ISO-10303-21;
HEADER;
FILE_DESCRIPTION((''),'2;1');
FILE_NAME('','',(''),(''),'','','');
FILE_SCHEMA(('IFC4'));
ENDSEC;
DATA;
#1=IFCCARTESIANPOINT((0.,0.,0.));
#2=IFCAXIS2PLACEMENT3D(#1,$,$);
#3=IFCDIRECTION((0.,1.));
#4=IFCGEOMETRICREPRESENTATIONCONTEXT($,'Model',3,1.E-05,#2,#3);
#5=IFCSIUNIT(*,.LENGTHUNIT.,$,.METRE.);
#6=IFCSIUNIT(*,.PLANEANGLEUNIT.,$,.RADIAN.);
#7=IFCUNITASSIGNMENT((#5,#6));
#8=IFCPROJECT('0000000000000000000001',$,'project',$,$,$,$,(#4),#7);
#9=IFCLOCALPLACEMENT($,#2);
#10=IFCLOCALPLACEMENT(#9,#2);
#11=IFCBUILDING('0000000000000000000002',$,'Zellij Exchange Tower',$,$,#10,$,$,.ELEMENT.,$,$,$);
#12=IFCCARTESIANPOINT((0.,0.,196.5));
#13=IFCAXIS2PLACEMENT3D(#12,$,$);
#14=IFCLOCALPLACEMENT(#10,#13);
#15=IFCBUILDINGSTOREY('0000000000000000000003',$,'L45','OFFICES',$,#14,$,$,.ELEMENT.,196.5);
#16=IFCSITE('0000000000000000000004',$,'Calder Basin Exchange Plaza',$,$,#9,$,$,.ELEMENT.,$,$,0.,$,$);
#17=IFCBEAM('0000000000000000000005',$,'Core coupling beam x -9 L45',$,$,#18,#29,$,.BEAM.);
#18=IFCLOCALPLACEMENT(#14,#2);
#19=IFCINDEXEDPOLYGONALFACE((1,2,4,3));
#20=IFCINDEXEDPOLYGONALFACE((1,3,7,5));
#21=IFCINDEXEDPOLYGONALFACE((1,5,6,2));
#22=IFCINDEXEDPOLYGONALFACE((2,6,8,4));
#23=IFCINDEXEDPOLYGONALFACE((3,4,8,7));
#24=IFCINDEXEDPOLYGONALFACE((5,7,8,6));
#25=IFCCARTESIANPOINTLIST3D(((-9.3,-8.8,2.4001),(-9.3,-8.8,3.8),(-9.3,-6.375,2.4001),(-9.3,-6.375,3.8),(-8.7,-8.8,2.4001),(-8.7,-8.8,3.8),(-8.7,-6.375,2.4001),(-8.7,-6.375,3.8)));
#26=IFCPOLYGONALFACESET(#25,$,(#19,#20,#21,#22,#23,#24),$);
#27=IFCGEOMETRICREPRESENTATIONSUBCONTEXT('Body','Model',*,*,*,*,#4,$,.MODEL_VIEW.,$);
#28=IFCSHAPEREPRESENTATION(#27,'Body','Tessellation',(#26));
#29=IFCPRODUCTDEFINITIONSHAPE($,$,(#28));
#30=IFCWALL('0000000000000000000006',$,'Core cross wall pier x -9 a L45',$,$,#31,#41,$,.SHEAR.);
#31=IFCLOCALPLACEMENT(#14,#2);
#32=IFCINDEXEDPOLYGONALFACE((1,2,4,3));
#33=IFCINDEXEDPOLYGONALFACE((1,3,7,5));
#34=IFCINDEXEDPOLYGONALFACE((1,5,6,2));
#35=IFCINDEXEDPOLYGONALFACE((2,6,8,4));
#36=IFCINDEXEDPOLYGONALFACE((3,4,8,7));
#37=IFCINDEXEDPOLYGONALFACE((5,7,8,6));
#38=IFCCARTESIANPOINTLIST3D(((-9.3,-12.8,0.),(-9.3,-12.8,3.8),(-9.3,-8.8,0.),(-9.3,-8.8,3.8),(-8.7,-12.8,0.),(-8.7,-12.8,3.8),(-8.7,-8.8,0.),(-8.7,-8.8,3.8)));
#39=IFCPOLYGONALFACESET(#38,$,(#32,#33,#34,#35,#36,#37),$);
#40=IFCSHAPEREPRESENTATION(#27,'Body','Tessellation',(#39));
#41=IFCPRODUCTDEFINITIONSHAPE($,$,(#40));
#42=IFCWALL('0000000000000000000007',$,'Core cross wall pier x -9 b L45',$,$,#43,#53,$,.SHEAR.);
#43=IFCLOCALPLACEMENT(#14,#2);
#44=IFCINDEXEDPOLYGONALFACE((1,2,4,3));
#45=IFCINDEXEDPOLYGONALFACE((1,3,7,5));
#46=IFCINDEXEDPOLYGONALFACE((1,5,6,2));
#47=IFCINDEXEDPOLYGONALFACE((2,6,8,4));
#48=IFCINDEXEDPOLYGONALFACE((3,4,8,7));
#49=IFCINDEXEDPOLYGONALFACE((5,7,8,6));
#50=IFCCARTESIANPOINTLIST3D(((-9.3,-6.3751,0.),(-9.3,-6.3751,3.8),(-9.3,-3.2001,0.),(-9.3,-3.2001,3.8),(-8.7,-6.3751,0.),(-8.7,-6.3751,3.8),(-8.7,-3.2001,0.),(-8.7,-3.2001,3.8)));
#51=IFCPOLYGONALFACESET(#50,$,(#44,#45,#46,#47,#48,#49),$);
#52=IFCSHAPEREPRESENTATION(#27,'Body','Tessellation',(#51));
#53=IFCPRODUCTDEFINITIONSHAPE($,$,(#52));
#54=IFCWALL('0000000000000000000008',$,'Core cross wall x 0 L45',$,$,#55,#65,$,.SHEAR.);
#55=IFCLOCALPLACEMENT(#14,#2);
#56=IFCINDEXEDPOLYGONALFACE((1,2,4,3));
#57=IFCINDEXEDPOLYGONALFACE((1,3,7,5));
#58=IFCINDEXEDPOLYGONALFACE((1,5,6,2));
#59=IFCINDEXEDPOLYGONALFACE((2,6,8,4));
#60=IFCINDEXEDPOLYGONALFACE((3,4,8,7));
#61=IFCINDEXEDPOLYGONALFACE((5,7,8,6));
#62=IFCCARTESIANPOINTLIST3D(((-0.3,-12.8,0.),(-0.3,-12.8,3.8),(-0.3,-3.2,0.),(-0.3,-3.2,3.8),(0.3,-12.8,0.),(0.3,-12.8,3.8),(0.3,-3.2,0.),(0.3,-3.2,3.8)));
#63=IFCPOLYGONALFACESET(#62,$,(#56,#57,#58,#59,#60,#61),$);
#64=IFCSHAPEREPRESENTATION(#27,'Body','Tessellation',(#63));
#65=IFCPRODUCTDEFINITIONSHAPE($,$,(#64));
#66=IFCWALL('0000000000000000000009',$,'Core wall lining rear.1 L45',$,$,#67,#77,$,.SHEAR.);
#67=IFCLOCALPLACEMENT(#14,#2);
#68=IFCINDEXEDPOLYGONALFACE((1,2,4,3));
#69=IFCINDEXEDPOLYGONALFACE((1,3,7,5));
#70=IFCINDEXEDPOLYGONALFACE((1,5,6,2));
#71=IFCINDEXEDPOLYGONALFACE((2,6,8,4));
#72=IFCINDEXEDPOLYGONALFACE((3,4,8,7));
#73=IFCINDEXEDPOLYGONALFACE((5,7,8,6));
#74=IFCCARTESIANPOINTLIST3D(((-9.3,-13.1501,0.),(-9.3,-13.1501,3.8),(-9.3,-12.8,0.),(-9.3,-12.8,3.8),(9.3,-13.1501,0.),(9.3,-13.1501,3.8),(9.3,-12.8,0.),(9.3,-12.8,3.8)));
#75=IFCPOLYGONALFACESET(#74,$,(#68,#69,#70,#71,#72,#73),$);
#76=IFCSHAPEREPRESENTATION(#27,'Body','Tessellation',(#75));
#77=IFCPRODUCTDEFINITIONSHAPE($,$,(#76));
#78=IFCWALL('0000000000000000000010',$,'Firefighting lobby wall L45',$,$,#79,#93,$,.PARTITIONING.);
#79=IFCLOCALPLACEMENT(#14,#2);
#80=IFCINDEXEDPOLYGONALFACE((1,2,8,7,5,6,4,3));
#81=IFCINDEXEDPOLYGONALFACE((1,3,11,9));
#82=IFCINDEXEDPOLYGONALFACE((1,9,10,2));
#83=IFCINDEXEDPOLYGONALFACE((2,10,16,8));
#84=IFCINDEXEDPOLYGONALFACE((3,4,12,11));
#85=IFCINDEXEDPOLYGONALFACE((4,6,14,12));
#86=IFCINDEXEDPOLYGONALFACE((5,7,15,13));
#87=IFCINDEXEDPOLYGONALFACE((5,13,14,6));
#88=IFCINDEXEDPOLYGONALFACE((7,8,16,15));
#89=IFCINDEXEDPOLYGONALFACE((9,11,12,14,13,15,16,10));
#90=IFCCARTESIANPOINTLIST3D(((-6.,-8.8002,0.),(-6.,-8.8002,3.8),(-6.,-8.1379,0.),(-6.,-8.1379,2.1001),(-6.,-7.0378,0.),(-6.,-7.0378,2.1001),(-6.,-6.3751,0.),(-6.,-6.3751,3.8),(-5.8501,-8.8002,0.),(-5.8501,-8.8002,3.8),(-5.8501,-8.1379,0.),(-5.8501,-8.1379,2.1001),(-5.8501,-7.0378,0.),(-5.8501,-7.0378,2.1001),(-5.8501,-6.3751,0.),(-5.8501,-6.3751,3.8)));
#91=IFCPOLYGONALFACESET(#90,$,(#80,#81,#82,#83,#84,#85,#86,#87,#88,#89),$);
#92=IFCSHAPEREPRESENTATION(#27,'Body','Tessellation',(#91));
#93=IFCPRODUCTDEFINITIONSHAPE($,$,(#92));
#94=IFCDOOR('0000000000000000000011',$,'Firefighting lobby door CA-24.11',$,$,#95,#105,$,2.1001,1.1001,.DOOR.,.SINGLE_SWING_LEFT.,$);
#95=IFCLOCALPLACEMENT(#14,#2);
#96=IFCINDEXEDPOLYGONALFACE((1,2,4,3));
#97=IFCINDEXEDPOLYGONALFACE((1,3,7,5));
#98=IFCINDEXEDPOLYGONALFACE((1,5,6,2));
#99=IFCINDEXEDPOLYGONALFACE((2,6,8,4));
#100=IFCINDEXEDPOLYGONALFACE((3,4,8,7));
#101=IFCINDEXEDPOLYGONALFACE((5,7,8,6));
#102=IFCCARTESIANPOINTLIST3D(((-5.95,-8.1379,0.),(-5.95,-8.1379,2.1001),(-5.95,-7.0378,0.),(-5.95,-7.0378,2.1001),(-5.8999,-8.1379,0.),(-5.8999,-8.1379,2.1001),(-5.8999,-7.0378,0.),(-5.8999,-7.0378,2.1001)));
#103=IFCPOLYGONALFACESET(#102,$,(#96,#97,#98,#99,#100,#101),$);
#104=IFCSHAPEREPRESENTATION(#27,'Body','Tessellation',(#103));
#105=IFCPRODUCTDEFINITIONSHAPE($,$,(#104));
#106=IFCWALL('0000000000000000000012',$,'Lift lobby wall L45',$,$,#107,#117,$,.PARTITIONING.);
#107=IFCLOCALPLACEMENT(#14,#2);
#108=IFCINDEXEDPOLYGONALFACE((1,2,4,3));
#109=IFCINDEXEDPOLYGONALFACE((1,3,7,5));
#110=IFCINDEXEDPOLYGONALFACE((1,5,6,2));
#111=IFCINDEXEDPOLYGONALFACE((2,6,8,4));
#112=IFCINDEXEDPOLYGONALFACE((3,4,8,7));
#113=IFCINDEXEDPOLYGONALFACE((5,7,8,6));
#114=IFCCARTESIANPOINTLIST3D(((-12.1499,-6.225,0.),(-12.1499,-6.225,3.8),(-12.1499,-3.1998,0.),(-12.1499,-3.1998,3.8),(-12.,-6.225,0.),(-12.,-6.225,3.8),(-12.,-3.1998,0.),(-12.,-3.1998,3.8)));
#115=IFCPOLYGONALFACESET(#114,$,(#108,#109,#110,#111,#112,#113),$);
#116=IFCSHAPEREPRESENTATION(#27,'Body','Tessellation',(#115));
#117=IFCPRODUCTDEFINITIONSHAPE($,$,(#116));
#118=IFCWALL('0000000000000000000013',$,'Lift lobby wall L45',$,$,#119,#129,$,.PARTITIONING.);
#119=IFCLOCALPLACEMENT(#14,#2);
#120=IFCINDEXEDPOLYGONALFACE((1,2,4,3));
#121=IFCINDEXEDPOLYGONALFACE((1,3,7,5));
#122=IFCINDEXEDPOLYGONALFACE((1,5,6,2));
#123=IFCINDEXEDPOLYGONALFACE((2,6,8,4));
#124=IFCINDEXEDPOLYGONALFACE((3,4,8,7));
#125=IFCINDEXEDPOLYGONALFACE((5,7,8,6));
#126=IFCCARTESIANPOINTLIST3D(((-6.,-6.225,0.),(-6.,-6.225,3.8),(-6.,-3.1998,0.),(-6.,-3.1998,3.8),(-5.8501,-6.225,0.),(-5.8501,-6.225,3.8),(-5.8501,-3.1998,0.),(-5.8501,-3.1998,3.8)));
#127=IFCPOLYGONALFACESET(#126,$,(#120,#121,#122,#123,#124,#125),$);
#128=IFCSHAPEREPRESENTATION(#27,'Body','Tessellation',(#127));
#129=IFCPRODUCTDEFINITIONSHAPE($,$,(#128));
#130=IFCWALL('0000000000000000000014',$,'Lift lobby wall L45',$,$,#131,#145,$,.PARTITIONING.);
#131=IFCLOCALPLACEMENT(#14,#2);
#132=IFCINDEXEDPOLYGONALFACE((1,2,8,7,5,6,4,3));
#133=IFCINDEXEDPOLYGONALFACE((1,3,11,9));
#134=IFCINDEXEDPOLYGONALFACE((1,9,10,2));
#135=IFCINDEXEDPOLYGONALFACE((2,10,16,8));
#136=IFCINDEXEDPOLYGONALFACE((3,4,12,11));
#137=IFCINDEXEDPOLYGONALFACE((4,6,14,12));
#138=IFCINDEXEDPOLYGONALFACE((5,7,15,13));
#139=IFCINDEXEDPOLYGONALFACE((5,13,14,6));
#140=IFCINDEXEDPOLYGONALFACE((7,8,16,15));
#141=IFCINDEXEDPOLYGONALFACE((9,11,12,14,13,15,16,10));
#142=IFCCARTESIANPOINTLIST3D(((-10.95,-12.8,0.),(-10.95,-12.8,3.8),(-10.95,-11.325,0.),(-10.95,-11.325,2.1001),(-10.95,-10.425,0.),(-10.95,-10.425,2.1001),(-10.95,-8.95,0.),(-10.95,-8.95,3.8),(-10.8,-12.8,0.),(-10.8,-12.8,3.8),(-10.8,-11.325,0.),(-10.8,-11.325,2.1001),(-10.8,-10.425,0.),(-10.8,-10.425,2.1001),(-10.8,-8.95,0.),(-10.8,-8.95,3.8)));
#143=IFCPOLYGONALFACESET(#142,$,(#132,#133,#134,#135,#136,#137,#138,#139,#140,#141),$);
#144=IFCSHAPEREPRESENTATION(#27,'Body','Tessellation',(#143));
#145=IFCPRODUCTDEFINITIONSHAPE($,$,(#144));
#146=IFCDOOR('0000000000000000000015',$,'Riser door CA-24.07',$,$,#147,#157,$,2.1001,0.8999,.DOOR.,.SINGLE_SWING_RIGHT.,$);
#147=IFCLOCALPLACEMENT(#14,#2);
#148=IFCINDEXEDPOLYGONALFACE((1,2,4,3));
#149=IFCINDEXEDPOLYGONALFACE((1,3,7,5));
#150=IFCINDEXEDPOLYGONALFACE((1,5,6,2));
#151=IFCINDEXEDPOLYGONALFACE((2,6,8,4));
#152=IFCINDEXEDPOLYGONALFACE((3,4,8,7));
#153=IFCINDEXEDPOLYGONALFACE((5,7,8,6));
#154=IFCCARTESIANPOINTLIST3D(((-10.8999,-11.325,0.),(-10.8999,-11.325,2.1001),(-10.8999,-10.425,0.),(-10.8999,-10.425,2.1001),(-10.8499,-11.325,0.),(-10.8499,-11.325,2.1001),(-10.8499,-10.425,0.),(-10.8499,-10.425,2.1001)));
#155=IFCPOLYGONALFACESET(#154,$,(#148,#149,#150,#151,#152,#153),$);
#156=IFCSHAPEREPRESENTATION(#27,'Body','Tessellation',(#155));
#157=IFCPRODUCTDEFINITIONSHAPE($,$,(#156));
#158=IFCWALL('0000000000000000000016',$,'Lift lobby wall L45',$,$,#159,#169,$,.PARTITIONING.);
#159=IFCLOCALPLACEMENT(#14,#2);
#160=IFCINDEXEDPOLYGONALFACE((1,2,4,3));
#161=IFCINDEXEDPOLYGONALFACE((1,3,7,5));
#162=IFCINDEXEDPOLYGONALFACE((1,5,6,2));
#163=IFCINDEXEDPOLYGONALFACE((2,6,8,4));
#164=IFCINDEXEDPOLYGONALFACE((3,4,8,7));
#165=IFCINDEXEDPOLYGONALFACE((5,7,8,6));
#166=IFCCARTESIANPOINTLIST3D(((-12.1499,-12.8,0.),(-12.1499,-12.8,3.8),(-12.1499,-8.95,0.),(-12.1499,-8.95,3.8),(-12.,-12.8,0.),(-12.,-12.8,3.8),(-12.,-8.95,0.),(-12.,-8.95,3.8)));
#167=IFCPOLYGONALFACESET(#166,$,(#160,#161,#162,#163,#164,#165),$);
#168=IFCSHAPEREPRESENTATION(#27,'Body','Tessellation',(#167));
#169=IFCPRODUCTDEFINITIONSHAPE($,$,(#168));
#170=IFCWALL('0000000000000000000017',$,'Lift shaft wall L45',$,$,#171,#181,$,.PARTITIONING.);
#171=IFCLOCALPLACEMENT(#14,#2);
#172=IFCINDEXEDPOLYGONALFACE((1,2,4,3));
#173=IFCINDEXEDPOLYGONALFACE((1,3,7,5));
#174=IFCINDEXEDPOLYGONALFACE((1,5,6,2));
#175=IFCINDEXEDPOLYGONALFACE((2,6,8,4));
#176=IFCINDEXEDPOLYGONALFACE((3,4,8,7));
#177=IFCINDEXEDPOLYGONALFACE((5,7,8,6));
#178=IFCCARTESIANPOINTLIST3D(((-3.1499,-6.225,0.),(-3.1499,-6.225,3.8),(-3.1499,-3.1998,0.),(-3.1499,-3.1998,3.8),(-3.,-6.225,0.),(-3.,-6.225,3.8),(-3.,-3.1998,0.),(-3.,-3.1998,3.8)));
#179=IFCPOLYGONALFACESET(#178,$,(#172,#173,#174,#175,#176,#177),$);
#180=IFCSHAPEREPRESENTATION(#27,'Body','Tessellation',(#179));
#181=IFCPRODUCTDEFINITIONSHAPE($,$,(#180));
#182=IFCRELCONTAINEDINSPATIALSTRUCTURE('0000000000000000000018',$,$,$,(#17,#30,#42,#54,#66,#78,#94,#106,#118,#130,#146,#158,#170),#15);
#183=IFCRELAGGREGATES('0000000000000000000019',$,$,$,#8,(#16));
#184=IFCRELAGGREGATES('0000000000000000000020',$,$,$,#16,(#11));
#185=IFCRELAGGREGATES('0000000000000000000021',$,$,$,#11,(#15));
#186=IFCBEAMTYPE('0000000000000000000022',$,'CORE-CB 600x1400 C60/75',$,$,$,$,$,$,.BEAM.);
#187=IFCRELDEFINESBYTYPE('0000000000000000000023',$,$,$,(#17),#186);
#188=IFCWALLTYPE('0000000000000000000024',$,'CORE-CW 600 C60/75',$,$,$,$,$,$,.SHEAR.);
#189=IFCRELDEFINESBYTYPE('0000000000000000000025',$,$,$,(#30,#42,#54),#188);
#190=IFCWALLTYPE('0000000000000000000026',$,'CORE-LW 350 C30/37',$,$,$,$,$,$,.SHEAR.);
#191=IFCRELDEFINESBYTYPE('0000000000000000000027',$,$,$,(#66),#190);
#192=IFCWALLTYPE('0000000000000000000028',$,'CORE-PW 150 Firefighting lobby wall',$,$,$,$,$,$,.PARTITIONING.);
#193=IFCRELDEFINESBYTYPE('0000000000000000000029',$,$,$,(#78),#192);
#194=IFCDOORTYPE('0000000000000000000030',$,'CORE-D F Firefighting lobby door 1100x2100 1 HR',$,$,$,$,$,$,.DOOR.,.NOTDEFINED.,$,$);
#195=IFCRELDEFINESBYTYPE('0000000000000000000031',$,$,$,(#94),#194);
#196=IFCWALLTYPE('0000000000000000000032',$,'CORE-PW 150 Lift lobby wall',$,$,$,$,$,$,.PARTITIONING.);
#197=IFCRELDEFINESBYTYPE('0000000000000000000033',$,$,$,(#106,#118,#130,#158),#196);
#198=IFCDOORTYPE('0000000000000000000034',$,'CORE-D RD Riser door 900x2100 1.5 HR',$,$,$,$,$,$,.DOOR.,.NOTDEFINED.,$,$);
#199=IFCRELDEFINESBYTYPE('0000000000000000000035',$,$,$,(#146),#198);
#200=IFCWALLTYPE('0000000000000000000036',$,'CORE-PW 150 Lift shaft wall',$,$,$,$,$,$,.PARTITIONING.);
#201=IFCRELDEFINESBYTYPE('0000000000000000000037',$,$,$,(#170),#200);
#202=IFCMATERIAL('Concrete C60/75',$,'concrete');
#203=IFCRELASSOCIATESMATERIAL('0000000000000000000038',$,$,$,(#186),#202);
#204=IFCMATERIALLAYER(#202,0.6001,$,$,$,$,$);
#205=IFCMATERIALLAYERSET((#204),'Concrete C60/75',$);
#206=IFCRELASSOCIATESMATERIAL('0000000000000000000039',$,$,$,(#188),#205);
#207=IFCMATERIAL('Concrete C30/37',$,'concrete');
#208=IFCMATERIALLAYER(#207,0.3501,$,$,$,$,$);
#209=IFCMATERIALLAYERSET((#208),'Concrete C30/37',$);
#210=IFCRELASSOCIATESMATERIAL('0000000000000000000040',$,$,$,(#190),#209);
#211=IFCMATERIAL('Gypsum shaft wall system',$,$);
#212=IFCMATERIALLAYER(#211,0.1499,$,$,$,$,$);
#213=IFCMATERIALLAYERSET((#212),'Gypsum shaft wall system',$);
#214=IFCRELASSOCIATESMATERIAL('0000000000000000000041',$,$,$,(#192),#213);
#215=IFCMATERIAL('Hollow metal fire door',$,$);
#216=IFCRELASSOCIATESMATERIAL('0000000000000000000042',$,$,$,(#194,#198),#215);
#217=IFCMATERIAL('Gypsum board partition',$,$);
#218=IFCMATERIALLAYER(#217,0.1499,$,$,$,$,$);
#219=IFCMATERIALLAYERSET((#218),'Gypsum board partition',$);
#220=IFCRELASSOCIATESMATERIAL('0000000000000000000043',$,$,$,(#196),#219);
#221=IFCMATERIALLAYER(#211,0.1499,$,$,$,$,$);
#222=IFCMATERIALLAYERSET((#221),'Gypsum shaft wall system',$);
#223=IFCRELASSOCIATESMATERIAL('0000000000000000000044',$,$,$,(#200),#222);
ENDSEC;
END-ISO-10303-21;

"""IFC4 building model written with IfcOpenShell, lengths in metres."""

from ifc_helpers import new_model, si_unit, direction, frame, frame_2d, origin, origin_2d, place, context, subcontext, project, spatial, rectangle, extrude, material, layer, layer_set, material_profile, profile_set, type_object, element, fill, save


model = new_model("IFC4")

# Units and contexts
model_context = context("Model", 3, precision=1e-05, world=origin(), true_north=direction((0.0, 1.0)))
body_context = subcontext(model_context, "Body", "Model", "MODEL_VIEW")
ifc_project = project(units=[si_unit("LENGTHUNIT", "METRE"), si_unit("PLANEANGLEUNIT", "RADIAN")], contexts=[model_context])

# Site, building, storey
site_placement = place(None, origin())
site = spatial("IfcSite", under=ifc_project, at=site_placement, Name="Calder Basin Exchange Plaza", CompositionType="ELEMENT", RefElevation=0.0)
building_placement = place(site_placement, origin())
building = spatial("IfcBuilding", under=site, at=building_placement, Name="Zellij Exchange Tower", CompositionType="ELEMENT")
storey_placement = place(building_placement, frame((0.0, 0.0, 196.5)))
storey = spatial("IfcBuildingStorey", under=building, at=storey_placement, Name="L45", Description="OFFICES", CompositionType="ELEMENT", Elevation=196.5)

# Beam
ifc_material_1 = material(Name="Concrete C60/75", Category="concrete")
ifc_material_profile = material_profile(ifc_material_1, rectangle(XDim=0.6001, YDim=1.3999, at=origin_2d()), Name="CORE-CB 600x1400 C60/75")
ifc_profile_set = profile_set([ifc_material_profile], Name="Concrete C60/75")
beam_type = type_object("IfcBeamType", Name="CORE-CB 600x1400 C60/75", PredefinedType="BEAM", material=ifc_profile_set)
beam_placement = place(storey_placement, frame((-9.0, -8.8, 3.1001), z_axis=(0.0, 1.0, 0.0), x_axis=(-1.0, 0.0, 0.0)))
element("IfcBeam", 1, at=beam_placement, inside=storey, type_object=beam_type, Name="Core coupling beam x -9 L45", PredefinedType="BEAM", context=body_context, shape_type="SweptSolid", body=[
    extrude(rectangle(XDim=0.6001, YDim=1.3999, at=origin_2d()), origin(), (0.0, 0.0, 1.0), 2.425),
])

# Walls
ifc_layer_1 = layer(ifc_material_1, 0.6001)
ifc_layer_set_1 = layer_set([ifc_layer_1], Name="Concrete C60/75")
wall_type_1 = type_object("IfcWallType", Name="CORE-CW 600 C60/75", PredefinedType="SHEAR", material=ifc_layer_set_1)
wall_1_placement = place(storey_placement, frame((-9.0, -12.8, 0.0), z_axis=(0.0, 0.0, 1.0), x_axis=(0.0, 1.0, 0.0)))
element("IfcWall", 2, at=wall_1_placement, inside=storey, type_object=wall_type_1, Name="Core cross wall pier x -9 a L45", PredefinedType="SHEAR", context=body_context, shape_type="SweptSolid", body=[
    extrude(rectangle(XDim=4.0, YDim=0.6001, at=frame_2d((2.0, 0.0))), origin(), (0.0, 0.0, 1.0), 3.8),
])
wall_2_placement = place(storey_placement, frame((-9.0, -6.375, 0.0), z_axis=(0.0, 0.0, 1.0), x_axis=(0.0, 1.0, 0.0)))
element("IfcWall", 3, at=wall_2_placement, inside=storey, type_object=wall_type_1, Name="Core cross wall pier x -9 b L45", PredefinedType="SHEAR", context=body_context, shape_type="SweptSolid", body=[
    extrude(rectangle(XDim=3.175, YDim=0.6001, at=frame_2d((1.5874, 0.0))), origin(), (0.0, 0.0, 1.0), 3.8),
])
wall_3_placement = place(storey_placement, frame((0.0, -12.8, 0.0), z_axis=(0.0, 0.0, 1.0), x_axis=(0.0, 1.0, 0.0)))
element("IfcWall", 4, at=wall_3_placement, inside=storey, type_object=wall_type_1, Name="Core cross wall x 0 L45", PredefinedType="SHEAR", context=body_context, shape_type="SweptSolid", body=[
    extrude(rectangle(XDim=9.6001, YDim=0.6001, at=frame_2d((4.8, 0.0))), origin(), (0.0, 0.0, 1.0), 3.8),
])
ifc_material_2 = material(Name="Concrete C30/37", Category="concrete")
ifc_layer_2 = layer(ifc_material_2, 0.3501)
ifc_layer_set_2 = layer_set([ifc_layer_2], Name="Concrete C30/37")
wall_type_2 = type_object("IfcWallType", Name="CORE-LW 350 C30/37", PredefinedType="SHEAR", material=ifc_layer_set_2)
wall_4_placement = place(storey_placement, frame((-9.3, -12.9751, 0.0), z_axis=(0.0, 0.0, 1.0), x_axis=(1.0, 0.0, 0.0)))
element("IfcWall", 5, at=wall_4_placement, inside=storey, type_object=wall_type_2, Name="Core wall lining rear.1 L45", PredefinedType="SHEAR", context=body_context, shape_type="SweptSolid", body=[
    extrude(rectangle(XDim=18.6001, YDim=0.3501, at=frame_2d((9.3, 0.0))), origin(), (0.0, 0.0, 1.0), 3.8),
])

# Wall, opening, door
ifc_material_3 = material(Name="Gypsum shaft wall system")
ifc_layer_3 = layer(ifc_material_3, 0.1499)
ifc_layer_set_3 = layer_set([ifc_layer_3], Name="Gypsum shaft wall system")
wall_type_3 = type_object("IfcWallType", Name="CORE-PW 150 Firefighting lobby wall", PredefinedType="PARTITIONING", material=ifc_layer_set_3)
wall_5_placement = place(storey_placement, frame((-5.925, -8.8, 0.0), z_axis=(0.0, 0.0, 1.0), x_axis=(0.0, 1.0, 0.0)))
wall_5 = element("IfcWall", 6, at=wall_5_placement, inside=storey, type_object=wall_type_3, Name="Firefighting lobby wall L45", PredefinedType="PARTITIONING", context=body_context, shape_type="SweptSolid", body=[
    extrude(rectangle(XDim=2.425, YDim=0.1499, at=frame_2d((1.2124, 0.0))), origin(), (0.0, 0.0, 1.0), 3.8),
])
opening_1_placement = place(wall_5_placement, frame((0.6621, 0.0, 0.0)))
opening_1 = element("IfcOpeningElement", 7, at=opening_1_placement, cuts=wall_5, PredefinedType="OPENING", context=body_context, shape_type="SweptSolid", body=[
    extrude(rectangle(XDim=1.1001, YDim=2.1001, at=frame_2d((0.55, 1.05))), frame((0.0, 0.0869, 0.0), z_axis=(0.0, -1.0, 0.0), x_axis=(1.0, 0.0, 0.0)), (0.0, 0.0, 1.0), 0.1738),
])
ifc_material_4 = material(Name="Hollow metal fire door")
door_type_1 = type_object("IfcDoorType", Name="CORE-D F Firefighting lobby door 1100x2100 1 HR", OperationType="NOTDEFINED", PredefinedType="DOOR", material=ifc_material_4)
door_1_placement = place(opening_1_placement, origin())
door_1 = element("IfcDoor", 8, at=door_1_placement, inside=storey, type_object=door_type_1, Name="Firefighting lobby door CA-24.11", OperationType="SINGLE_SWING_LEFT", OverallHeight=2.1001, OverallWidth=1.1001, PredefinedType="DOOR", context=body_context, shape_type="SweptSolid", body=[
    extrude(rectangle(XDim=1.1001, YDim=2.1001, at=frame_2d((0.55, 1.05))), frame((0.0, 0.0249, 0.0), z_axis=(0.0, -1.0, 0.0), x_axis=(1.0, 0.0, 0.0)), (0.0, 0.0, 1.0), 0.05),
])
fill(opening_1, door_1)

# Walls
ifc_material_5 = material(Name="Gypsum board partition")
ifc_layer_4 = layer(ifc_material_5, 0.1499)
ifc_layer_set_4 = layer_set([ifc_layer_4], Name="Gypsum board partition")
wall_type_4 = type_object("IfcWallType", Name="CORE-PW 150 Lift lobby wall", PredefinedType="PARTITIONING", material=ifc_layer_set_4)
for number, where, z_axis, x_axis, name in (
    (9, (-12.075, -6.2251, 0.0), (0.0, 0.0, 1.0), (0.0, 1.0, 0.0), "Lift lobby wall L45"),
    (10, (-5.925, -6.2251, 0.0), (0.0, 0.0, 1.0), (0.0, 1.0, 0.0), "Lift lobby wall L45"),
):
    element("IfcWall", number, at=place(storey_placement, frame(where, z_axis=z_axis, x_axis=x_axis)), inside=storey, type_object=wall_type_4, Name=name, PredefinedType="PARTITIONING", context=body_context, shape_type="SweptSolid", body=[
        extrude(rectangle(XDim=3.0251, YDim=0.1499, at=frame_2d((1.5127, 0.0))), origin(), (0.0, 0.0, 1.0), 3.8),
    ])

# Wall, opening, door
wall_6_placement = place(storey_placement, frame((-10.875, -12.8, 0.0), z_axis=(0.0, 0.0, 1.0), x_axis=(0.0, 1.0, 0.0)))
wall_6 = element("IfcWall", 11, at=wall_6_placement, inside=storey, type_object=wall_type_4, Name="Lift lobby wall L45", PredefinedType="PARTITIONING", context=body_context, shape_type="SweptSolid", body=[
    extrude(rectangle(XDim=3.8501, YDim=0.1499, at=frame_2d((1.925, 0.0))), origin(), (0.0, 0.0, 1.0), 3.8),
])
opening_2_placement = place(wall_6_placement, frame((1.4751, 0.0, 0.0)))
opening_2 = element("IfcOpeningElement", 12, at=opening_2_placement, cuts=wall_6, PredefinedType="OPENING", context=body_context, shape_type="SweptSolid", body=[
    extrude(rectangle(XDim=0.8999, YDim=2.1001, at=frame_2d((0.45, 1.05))), frame((0.0, 0.0869, 0.0), z_axis=(0.0, -1.0, 0.0), x_axis=(1.0, 0.0, 0.0)), (0.0, 0.0, 1.0), 0.1738),
])
door_type_2 = type_object("IfcDoorType", Name="CORE-D RD Riser door 900x2100 1.5 HR", OperationType="NOTDEFINED", PredefinedType="DOOR", material=ifc_material_4)
door_2_placement = place(opening_2_placement, origin())
door_2 = element("IfcDoor", 13, at=door_2_placement, inside=storey, type_object=door_type_2, Name="Riser door CA-24.07", OperationType="SINGLE_SWING_RIGHT", OverallHeight=2.1001, OverallWidth=0.8999, PredefinedType="DOOR", context=body_context, shape_type="SweptSolid", body=[
    extrude(rectangle(XDim=0.8999, YDim=2.1001, at=frame_2d((0.45, 1.05))), frame((0.0, 0.0249, 0.0), z_axis=(0.0, -1.0, 0.0), x_axis=(1.0, 0.0, 0.0)), (0.0, 0.0, 1.0), 0.05),
])
fill(opening_2, door_2)

# Walls
wall_7_placement = place(storey_placement, frame((-12.075, -12.8, 0.0), z_axis=(0.0, 0.0, 1.0), x_axis=(0.0, 1.0, 0.0)))
element("IfcWall", 14, at=wall_7_placement, inside=storey, type_object=wall_type_4, Name="Lift lobby wall L45", PredefinedType="PARTITIONING", context=body_context, shape_type="SweptSolid", body=[
    extrude(rectangle(XDim=3.8501, YDim=0.1499, at=frame_2d((1.925, 0.0))), origin(), (0.0, 0.0, 1.0), 3.8),
])
ifc_layer_5 = layer(ifc_material_3, 0.1499)
ifc_layer_set_5 = layer_set([ifc_layer_5], Name="Gypsum shaft wall system")
wall_type_5 = type_object("IfcWallType", Name="CORE-PW 150 Lift shaft wall", PredefinedType="PARTITIONING", material=ifc_layer_set_5)
wall_8_placement = place(storey_placement, frame((-3.075, -6.2251, 0.0), z_axis=(0.0, 0.0, 1.0), x_axis=(0.0, 1.0, 0.0)))
element("IfcWall", 15, at=wall_8_placement, inside=storey, type_object=wall_type_5, Name="Lift shaft wall L45", PredefinedType="PARTITIONING", context=body_context, shape_type="SweptSolid", body=[
    extrude(rectangle(XDim=3.0251, YDim=0.1499, at=frame_2d((1.5127, 0.0))), origin(), (0.0, 0.0, 1.0), 3.8),
])

save(model, "model.ifc")
